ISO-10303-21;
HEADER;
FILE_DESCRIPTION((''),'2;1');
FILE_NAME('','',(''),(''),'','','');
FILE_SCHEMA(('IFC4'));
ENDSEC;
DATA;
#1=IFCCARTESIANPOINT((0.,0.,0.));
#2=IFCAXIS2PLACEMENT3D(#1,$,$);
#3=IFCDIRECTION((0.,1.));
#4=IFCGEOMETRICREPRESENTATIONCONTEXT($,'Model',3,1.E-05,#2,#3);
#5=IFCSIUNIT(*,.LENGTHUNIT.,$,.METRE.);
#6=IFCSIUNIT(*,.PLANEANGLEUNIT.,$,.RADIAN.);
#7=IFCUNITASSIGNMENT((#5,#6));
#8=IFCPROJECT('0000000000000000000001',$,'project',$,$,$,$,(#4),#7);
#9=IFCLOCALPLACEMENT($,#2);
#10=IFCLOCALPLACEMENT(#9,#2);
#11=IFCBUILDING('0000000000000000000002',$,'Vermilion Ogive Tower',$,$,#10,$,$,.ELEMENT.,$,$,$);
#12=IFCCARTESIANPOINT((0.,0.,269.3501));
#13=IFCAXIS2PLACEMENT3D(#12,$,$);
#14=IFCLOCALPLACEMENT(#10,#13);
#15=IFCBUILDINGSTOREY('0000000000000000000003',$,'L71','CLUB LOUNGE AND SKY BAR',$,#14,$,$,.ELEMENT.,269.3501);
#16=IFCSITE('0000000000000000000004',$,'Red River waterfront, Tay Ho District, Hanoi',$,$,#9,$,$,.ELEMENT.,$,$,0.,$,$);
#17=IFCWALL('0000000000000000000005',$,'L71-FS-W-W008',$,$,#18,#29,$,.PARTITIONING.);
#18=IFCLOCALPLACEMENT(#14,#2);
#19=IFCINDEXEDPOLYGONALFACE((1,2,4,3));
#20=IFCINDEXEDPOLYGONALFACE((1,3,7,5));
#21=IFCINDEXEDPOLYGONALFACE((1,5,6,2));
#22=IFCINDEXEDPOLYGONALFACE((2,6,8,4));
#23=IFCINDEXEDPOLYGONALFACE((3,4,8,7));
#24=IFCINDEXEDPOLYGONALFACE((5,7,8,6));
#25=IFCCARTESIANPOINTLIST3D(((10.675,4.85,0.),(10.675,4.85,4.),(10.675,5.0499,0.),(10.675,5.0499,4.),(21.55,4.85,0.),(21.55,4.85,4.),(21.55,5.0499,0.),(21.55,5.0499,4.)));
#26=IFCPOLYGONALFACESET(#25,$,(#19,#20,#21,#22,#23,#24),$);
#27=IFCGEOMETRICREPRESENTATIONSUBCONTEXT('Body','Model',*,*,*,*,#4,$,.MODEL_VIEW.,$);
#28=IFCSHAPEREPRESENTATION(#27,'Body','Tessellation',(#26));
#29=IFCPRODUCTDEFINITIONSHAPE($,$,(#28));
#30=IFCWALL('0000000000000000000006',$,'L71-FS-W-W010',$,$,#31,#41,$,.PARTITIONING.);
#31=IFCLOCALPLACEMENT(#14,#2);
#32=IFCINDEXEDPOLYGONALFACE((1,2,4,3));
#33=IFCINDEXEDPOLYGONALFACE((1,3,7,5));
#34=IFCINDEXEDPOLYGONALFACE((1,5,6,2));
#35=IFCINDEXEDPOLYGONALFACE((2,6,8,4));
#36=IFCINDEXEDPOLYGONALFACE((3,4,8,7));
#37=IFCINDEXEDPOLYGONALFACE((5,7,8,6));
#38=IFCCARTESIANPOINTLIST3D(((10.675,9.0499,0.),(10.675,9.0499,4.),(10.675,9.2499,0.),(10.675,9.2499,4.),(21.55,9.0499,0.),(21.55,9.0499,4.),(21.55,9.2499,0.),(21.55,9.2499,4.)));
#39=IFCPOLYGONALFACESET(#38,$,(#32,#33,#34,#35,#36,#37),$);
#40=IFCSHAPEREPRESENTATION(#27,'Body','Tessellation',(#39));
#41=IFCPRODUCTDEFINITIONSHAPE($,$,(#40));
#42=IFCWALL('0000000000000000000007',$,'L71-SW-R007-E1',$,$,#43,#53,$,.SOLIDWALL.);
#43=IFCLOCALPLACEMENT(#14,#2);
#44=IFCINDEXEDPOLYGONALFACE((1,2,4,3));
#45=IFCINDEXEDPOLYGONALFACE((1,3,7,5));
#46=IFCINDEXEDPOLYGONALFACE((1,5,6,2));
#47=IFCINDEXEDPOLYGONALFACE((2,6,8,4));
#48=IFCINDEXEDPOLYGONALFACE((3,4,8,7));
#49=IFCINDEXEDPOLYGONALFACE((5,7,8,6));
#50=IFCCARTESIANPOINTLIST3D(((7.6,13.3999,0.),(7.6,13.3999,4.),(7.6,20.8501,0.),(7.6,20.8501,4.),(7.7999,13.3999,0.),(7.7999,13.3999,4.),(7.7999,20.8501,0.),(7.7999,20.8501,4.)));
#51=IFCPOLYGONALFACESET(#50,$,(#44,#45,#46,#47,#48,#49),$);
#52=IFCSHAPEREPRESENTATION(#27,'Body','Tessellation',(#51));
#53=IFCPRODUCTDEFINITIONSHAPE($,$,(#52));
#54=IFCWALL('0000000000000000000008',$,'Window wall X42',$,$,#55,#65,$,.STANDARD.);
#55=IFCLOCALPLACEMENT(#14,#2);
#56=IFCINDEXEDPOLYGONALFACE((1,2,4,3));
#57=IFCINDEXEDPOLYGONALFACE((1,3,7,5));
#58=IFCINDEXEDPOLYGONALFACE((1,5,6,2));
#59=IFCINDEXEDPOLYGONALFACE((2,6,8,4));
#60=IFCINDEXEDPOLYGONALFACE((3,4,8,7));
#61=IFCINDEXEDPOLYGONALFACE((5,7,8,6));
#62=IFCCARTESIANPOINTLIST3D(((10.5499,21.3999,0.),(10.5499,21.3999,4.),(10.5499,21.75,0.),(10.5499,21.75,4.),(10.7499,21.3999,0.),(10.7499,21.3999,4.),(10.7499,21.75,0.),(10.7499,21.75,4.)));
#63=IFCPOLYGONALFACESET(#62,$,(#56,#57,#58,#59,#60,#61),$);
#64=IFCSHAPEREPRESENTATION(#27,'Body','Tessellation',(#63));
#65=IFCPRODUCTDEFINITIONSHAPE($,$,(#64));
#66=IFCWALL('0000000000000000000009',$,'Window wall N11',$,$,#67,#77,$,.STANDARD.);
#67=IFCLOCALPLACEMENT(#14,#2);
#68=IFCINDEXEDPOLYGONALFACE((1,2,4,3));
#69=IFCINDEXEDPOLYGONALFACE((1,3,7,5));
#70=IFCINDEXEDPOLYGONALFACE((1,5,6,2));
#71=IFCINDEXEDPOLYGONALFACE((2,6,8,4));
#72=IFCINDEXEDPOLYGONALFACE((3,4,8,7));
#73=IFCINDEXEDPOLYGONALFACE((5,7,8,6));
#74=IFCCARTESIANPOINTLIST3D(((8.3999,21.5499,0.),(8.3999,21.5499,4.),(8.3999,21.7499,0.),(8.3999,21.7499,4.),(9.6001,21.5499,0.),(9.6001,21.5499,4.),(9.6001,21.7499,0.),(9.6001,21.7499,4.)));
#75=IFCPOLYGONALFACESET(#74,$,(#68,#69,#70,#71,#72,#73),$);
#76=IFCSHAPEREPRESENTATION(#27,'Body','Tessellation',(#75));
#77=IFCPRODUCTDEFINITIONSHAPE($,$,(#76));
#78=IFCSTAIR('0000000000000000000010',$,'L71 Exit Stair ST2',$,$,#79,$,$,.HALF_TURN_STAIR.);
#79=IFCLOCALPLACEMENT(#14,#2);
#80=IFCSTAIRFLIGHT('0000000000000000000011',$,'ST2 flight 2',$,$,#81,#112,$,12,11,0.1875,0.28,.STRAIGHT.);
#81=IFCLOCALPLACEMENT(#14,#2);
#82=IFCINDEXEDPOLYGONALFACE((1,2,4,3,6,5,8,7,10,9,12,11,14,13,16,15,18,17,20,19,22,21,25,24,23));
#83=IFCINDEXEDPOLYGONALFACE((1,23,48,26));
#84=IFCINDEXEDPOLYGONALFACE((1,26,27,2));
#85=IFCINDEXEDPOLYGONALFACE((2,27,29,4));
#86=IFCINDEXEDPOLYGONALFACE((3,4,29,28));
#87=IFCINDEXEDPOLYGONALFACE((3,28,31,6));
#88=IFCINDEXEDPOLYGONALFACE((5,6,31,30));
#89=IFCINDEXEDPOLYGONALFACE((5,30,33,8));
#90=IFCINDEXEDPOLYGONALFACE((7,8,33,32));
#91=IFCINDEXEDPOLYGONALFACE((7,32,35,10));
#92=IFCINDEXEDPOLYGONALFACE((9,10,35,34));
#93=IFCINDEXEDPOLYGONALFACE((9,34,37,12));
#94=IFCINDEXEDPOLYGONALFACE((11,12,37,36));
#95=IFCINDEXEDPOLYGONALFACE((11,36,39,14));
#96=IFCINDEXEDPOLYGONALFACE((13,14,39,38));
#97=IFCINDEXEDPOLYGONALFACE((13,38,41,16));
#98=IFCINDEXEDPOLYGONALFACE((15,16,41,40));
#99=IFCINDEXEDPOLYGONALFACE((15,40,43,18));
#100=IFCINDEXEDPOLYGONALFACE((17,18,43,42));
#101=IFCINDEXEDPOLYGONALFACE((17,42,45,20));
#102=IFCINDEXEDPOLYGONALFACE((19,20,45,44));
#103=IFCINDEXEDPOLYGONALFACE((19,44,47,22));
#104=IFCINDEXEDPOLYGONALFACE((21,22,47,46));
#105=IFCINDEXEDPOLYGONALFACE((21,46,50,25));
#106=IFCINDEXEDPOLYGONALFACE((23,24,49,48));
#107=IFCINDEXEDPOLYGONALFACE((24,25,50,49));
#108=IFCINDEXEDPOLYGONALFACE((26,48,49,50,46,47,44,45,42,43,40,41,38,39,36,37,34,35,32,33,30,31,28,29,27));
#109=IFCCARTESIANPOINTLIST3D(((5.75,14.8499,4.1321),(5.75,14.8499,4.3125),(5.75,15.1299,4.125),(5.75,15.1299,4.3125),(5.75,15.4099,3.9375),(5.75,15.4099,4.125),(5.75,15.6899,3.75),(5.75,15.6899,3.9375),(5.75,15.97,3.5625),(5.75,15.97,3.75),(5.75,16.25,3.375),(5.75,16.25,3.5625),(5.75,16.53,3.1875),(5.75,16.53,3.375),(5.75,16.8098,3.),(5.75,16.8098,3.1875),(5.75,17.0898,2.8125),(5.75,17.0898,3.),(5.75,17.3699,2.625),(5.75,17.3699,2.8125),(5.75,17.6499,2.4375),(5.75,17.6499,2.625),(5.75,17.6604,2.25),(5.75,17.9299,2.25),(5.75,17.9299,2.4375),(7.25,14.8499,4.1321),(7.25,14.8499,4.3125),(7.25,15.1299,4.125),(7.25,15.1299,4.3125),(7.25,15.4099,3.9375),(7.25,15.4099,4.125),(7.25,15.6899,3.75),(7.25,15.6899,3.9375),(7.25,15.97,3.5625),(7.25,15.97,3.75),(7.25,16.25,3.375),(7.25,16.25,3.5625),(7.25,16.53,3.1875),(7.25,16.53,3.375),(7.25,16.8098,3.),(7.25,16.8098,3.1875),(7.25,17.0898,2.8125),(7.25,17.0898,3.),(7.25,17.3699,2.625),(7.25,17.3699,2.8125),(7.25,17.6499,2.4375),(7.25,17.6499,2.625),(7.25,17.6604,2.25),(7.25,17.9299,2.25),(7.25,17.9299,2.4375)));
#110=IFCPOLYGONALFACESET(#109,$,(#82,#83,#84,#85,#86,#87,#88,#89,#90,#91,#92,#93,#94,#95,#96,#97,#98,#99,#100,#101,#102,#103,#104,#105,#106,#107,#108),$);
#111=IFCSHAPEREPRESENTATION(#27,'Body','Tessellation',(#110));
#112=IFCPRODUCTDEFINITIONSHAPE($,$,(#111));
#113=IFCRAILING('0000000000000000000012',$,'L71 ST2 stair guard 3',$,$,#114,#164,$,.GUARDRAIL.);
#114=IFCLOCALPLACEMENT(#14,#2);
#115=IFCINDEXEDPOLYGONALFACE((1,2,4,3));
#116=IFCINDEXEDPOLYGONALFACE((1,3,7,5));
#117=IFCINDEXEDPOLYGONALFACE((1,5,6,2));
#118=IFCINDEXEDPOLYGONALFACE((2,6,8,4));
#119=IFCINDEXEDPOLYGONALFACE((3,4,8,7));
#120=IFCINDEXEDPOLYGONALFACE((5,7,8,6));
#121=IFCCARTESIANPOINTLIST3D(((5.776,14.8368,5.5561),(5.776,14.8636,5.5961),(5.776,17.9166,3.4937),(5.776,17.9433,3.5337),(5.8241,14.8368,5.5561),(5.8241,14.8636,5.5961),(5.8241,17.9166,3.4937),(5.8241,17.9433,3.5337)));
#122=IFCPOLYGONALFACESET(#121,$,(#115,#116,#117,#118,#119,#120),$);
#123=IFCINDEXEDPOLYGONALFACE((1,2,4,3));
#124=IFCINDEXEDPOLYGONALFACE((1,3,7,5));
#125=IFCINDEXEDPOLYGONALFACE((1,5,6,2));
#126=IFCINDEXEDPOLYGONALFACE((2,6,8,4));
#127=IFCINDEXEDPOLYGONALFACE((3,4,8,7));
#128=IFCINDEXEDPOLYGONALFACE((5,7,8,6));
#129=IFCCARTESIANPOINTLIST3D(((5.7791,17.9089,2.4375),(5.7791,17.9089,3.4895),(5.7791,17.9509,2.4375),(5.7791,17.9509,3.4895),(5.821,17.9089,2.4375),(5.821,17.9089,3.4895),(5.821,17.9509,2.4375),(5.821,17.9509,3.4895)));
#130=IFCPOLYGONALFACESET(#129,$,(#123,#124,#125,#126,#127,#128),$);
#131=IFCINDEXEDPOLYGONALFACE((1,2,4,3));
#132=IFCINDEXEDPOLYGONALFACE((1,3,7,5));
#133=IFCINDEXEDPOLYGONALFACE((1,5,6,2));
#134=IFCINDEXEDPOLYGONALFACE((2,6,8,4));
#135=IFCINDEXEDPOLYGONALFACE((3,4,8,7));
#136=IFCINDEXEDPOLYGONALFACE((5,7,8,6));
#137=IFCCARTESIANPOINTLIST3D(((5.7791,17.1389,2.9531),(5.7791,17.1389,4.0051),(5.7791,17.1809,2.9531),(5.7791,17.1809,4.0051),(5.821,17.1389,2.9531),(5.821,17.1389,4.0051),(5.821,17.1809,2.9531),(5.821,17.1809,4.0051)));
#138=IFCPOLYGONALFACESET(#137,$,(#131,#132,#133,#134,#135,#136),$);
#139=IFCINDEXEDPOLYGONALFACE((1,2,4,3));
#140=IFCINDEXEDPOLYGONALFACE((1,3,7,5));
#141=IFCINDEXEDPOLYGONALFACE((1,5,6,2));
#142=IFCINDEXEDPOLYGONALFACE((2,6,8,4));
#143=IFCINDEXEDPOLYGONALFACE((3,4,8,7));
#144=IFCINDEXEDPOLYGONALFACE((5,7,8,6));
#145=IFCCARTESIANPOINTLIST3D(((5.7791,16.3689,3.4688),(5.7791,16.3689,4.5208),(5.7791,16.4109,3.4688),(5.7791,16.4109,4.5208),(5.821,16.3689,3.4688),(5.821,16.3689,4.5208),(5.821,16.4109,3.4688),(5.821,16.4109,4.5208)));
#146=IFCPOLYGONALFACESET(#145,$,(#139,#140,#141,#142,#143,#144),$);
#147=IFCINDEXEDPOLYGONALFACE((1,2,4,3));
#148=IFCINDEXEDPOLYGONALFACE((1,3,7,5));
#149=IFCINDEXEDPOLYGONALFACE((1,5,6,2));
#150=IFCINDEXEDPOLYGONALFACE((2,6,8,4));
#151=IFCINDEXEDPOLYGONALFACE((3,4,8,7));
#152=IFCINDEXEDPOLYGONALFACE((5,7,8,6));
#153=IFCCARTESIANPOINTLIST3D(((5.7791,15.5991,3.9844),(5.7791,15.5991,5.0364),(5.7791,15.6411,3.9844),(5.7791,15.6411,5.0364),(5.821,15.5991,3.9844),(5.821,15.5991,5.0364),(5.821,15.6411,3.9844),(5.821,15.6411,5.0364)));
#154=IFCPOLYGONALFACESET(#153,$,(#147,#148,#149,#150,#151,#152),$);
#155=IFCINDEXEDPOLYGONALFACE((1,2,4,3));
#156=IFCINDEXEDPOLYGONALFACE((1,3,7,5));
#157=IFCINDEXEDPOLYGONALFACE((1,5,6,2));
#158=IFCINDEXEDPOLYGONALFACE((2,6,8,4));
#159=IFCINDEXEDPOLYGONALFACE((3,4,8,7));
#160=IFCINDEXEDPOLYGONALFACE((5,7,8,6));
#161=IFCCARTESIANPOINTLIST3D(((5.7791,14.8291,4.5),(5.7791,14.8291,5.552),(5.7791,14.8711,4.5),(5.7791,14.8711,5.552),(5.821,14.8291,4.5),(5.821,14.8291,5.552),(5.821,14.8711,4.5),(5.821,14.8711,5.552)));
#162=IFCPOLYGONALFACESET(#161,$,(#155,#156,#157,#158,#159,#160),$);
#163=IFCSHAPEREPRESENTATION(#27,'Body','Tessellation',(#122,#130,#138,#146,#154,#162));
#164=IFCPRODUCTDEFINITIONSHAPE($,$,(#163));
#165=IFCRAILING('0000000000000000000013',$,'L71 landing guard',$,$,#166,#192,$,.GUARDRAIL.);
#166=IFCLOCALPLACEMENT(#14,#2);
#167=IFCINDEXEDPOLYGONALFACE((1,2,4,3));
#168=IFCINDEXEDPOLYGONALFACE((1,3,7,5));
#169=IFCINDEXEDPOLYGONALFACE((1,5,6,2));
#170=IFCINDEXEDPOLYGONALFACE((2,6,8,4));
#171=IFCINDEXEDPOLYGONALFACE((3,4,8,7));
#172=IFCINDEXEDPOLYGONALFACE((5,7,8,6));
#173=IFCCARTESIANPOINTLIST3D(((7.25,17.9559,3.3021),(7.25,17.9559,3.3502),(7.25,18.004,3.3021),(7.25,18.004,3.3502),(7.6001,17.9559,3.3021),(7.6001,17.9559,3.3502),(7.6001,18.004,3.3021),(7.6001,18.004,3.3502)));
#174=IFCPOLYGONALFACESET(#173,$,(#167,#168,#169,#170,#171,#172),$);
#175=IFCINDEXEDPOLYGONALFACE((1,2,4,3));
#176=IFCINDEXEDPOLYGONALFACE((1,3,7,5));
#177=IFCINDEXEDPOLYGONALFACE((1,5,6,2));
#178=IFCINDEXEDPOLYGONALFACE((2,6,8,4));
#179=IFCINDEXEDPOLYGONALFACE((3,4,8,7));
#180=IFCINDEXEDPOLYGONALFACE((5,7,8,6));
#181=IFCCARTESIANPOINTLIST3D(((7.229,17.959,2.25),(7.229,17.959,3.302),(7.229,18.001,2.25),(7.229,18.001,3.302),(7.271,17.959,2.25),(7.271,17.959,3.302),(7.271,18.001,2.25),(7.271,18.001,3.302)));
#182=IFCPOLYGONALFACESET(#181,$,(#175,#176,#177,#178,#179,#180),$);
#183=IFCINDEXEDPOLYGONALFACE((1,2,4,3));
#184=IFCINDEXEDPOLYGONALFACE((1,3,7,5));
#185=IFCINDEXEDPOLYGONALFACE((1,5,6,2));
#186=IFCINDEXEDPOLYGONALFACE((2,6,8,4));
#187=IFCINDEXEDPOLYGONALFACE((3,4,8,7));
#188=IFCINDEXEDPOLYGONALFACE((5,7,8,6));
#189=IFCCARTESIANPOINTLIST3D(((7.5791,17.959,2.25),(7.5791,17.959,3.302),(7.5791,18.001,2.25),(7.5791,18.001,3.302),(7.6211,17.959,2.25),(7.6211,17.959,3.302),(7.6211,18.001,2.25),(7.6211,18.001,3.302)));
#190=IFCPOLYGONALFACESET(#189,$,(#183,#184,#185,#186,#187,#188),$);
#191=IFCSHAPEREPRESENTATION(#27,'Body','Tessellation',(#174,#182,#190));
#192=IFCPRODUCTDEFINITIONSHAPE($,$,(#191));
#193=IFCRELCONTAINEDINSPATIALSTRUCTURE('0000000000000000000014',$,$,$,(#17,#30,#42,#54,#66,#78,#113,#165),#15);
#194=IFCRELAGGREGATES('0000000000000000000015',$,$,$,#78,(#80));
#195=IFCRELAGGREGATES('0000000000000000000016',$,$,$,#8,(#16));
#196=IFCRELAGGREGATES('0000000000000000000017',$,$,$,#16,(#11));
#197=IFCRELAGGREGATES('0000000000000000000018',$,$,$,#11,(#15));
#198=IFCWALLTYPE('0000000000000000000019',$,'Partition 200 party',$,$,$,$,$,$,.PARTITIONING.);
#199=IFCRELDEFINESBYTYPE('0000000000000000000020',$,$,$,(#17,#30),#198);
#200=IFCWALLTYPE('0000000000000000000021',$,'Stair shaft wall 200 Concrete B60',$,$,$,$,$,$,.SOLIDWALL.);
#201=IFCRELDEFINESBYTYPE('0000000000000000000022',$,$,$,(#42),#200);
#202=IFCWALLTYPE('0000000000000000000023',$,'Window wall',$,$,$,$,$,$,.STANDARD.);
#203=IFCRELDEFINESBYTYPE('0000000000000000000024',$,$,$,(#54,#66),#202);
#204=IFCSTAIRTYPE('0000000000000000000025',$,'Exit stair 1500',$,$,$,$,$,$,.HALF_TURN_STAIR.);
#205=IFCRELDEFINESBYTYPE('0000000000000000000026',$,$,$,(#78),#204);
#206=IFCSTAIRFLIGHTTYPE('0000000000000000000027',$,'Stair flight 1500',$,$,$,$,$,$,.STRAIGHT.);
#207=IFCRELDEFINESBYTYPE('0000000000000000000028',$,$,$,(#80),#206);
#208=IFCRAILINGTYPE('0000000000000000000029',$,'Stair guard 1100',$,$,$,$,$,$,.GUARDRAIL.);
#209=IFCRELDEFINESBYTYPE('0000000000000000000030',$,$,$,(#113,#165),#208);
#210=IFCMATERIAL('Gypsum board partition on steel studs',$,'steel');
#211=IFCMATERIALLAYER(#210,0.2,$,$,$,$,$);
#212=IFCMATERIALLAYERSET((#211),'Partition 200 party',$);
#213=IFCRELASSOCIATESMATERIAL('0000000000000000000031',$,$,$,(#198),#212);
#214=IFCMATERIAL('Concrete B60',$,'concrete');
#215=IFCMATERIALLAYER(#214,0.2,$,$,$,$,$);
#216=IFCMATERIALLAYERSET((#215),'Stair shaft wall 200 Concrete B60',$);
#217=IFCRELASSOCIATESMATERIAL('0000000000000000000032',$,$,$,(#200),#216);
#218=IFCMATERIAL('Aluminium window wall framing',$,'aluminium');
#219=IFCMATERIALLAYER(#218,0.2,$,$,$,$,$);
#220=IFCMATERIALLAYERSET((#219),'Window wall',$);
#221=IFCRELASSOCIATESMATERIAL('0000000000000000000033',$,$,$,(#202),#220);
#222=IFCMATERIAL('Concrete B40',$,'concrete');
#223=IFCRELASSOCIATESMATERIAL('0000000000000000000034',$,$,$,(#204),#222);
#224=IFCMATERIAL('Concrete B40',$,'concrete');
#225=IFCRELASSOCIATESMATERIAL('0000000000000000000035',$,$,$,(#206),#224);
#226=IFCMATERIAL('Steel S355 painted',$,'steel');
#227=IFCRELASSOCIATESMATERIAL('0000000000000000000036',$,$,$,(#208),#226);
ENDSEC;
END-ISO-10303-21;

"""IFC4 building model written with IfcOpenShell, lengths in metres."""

from ifc_helpers import new_model, si_unit, direction, frame, frame_2d, origin, origin_2d, place, context, subcontext, project, spatial, polyline, rectangle, outline, extrude, material, layer, layer_set, type_object, element, aggregate, save


model = new_model("IFC4")

# Units and contexts
model_context = context("Model", 3, precision=1e-05, world=origin(), true_north=direction((0.0, 1.0)))
body_context = subcontext(model_context, "Body", "Model", "MODEL_VIEW")
ifc_project = project(units=[si_unit("LENGTHUNIT", "METRE"), si_unit("PLANEANGLEUNIT", "RADIAN")], contexts=[model_context])

# Site, building, storey
site_placement = place(None, origin())
site = spatial("IfcSite", under=ifc_project, at=site_placement, Name="Red River waterfront, Tay Ho District, Hanoi", CompositionType="ELEMENT", RefElevation=0.0)
building_placement = place(site_placement, origin())
building = spatial("IfcBuilding", under=site, at=building_placement, Name="Vermilion Ogive Tower", CompositionType="ELEMENT")
storey_placement = place(building_placement, frame((0.0, 0.0, 269.3501)))
storey = spatial("IfcBuildingStorey", under=building, at=storey_placement, Name="L71", Description="CLUB LOUNGE AND SKY BAR", CompositionType="ELEMENT", Elevation=269.3501)

# Walls
ifc_material_1 = material(Name="Gypsum board partition on steel studs", Category="steel")
ifc_layer_1 = layer(ifc_material_1, 0.2)
ifc_layer_set_1 = layer_set([ifc_layer_1], Name="Partition 200 party")
wall_type_1 = type_object("IfcWallType", Name="Partition 200 party", PredefinedType="PARTITIONING", material=ifc_layer_set_1)
for number, where, z_axis, x_axis, name in (
    (1, (10.675, 4.95, 0.0), (0.0, 0.0, 1.0), (1.0, 0.0, 0.0), "L71-FS-W-W008"),
    (2, (10.675, 9.1499, 0.0), (0.0, 0.0, 1.0), (1.0, 0.0, 0.0), "L71-FS-W-W010"),
):
    element("IfcWall", number, at=place(storey_placement, frame(where, z_axis=z_axis, x_axis=x_axis)), inside=storey, type_object=wall_type_1, Name=name, PredefinedType="PARTITIONING", context=body_context, shape_type="SweptSolid", body=[
        extrude(rectangle(XDim=10.875, YDim=0.2, at=frame_2d((5.4375, 0.0))), origin(), (0.0, 0.0, 1.0), 4.0),
    ])
ifc_material_2 = material(Name="Concrete B60", Category="concrete")
ifc_layer_2 = layer(ifc_material_2, 0.2)
ifc_layer_set_2 = layer_set([ifc_layer_2], Name="Stair shaft wall 200 Concrete B60")
wall_type_2 = type_object("IfcWallType", Name="Stair shaft wall 200 Concrete B60", PredefinedType="SOLIDWALL", material=ifc_layer_set_2)
wall_1_placement = place(storey_placement, frame((7.7, 13.3999, 0.0), z_axis=(0.0, 0.0, 1.0), x_axis=(0.0, 1.0, 0.0)))
element("IfcWall", 3, at=wall_1_placement, inside=storey, type_object=wall_type_2, Name="L71-SW-R007-E1", PredefinedType="SOLIDWALL", context=body_context, shape_type="SweptSolid", body=[
    extrude(rectangle(XDim=7.4502, YDim=0.2, at=frame_2d((3.7251, 0.0))), origin(), (0.0, 0.0, 1.0), 4.0),
])

# Shared definitions
ifc_material_3 = material(Name="Aluminium window wall framing", Category="aluminium")
ifc_layer_3 = layer(ifc_material_3, 0.2)
ifc_layer_set_3 = layer_set([ifc_layer_3], Name="Window wall")
wall_type_3 = type_object("IfcWallType", Name="Window wall", PredefinedType="STANDARD", material=ifc_layer_set_3)

# Walls
wall_2_placement = place(storey_placement, frame((10.6499, 21.3999, 0.0), z_axis=(0.0, 0.0, 1.0), x_axis=(0.0, 1.0, 0.0)))
element("IfcWall", 4, at=wall_2_placement, inside=storey, type_object=wall_type_3, Name="Window wall X42", PredefinedType="STANDARD", context=body_context, shape_type="SweptSolid", body=[
    extrude(rectangle(XDim=0.3501, YDim=0.2, at=frame_2d((0.175, 0.0))), origin(), (0.0, 0.0, 1.0), 4.0),
])
wall_3_placement = place(storey_placement, frame((9.6001, 21.6499, 0.0), z_axis=(0.0, 0.0, 1.0), x_axis=(-1.0, 0.0, 0.0)))
element("IfcWall", 5, at=wall_3_placement, inside=storey, type_object=wall_type_3, Name="Window wall N11", PredefinedType="STANDARD", context=body_context, shape_type="SweptSolid", body=[
    extrude(rectangle(XDim=1.2002, YDim=0.2, at=frame_2d((0.6001, 0.0))), origin(), (0.0, 0.0, 1.0), 4.0),
])

# Stair, stair flight
ifc_material_4 = material(Name="Concrete B40", Category="concrete")
stair_type = type_object("IfcStairType", Name="Exit stair 1500", PredefinedType="HALF_TURN_STAIR", material=ifc_material_4)
stair_placement = place(storey_placement, origin())
stair = element("IfcStair", 6, at=stair_placement, inside=storey, type_object=stair_type, Name="L71 Exit Stair ST2", PredefinedType="HALF_TURN_STAIR")
ifc_material_5 = material(Name="Concrete B40", Category="concrete")
stair_flight_type = type_object("IfcStairFlightType", Name="Stair flight 1500", PredefinedType="STRAIGHT", material=ifc_material_5)
stair_flight_placement = place(storey_placement, frame((6.5, 17.9299, 2.25), z_axis=(0.0, 0.0, 1.0), x_axis=(0.0, -1.0, 0.0)))
stair_flight = element("IfcStairFlight", 7, at=stair_flight_placement, type_object=stair_flight_type, Name="ST2 flight 2", NumberOfRisers=12, NumberOfTreads=11, PredefinedType="STRAIGHT", RiserHeight=0.1875, TreadLength=0.28, context=body_context, shape_type="SweptSolid", body=[
    extrude(outline(polyline([(0.0, 0.0), (0.0, 0.1875), (0.28, 0.1875), (0.28, 0.375), (0.5601, 0.375), (0.5601, 0.5625), (0.8401, 0.5625), (0.8401, 0.75), (1.1201, 0.75), (1.1201, 0.9375), (1.3999, 0.9375), (1.3999, 1.125), (1.6799, 1.125), (1.6799, 1.3125), (1.96, 1.3125), (1.96, 1.5), (2.24, 1.5), (2.24, 1.6875), (2.52, 1.6875), (2.52, 1.875), (2.8, 1.875), (2.8, 2.0625), (3.0801, 2.0625), (3.0801, 2.25), (3.0801, 1.8821), (0.2695, 0.0), (0.0, 0.0)])), frame((0.0, 0.75, 0.0), z_axis=(0.0, -1.0, 0.0), x_axis=(1.0, 0.0, 0.0)), (0.0, 0.0, 1.0), 1.5),
])
aggregate(stair, [stair_flight])

# Railings
ifc_material_6 = material(Name="Steel S355 painted", Category="steel")
railing_type_1 = type_object("IfcRailingType", Name="Stair guard 1100", PredefinedType="GUARDRAIL", material=ifc_material_6)
railing_1_placement = place(storey_placement, frame((5.8, 17.9299, 2.4375)))
element("IfcRailing", 8, at=railing_1_placement, inside=storey, type_object=railing_type_1, Name="L71 ST2 stair guard 3", PredefinedType="GUARDRAIL", context=body_context, shape_type="SweptSolid", body=[
    extrude(rectangle(XDim=0.0481, YDim=0.0481, at=origin_2d()), frame((0.0, 0.0, 1.0762), z_axis=(0.0, -0.830893, 0.556432), x_axis=(1.0, 0.0, 0.0)), (0.0, 0.0, 1.0), 3.7065),
    extrude(rectangle(XDim=0.042, YDim=0.042, at=origin_2d()), origin(), (0.0, 0.0, 1.0), 1.052),
    extrude(rectangle(XDim=0.042, YDim=0.042, at=origin_2d()), frame((0.0, -0.77, 0.5156)), (0.0, 0.0, 1.0), 1.052),
    extrude(rectangle(XDim=0.042, YDim=0.042, at=origin_2d()), frame((0.0, -1.54, 1.0312)), (0.0, 0.0, 1.0), 1.052),
    extrude(rectangle(XDim=0.042, YDim=0.042, at=origin_2d()), frame((0.0, -2.3098, 1.5469)), (0.0, 0.0, 1.0), 1.052),
    extrude(rectangle(XDim=0.042, YDim=0.042, at=origin_2d()), frame((0.0, -3.0798, 2.0625)), (0.0, 0.0, 1.0), 1.052),
])
railing_2_placement = place(storey_placement, frame((7.25, 17.98, 2.25)))
element("IfcRailing", 9, at=railing_2_placement, inside=storey, type_object=railing_type_1, Name="L71 landing guard", PredefinedType="GUARDRAIL", context=body_context, shape_type="SweptSolid", body=[
    extrude(rectangle(XDim=0.0481, YDim=0.0481, at=origin_2d()), frame((0.0, 0.0, 1.0762), z_axis=(1.0, 0.0, 0.0), x_axis=(0.0, 1.0, 0.0)), (0.0, 0.0, 1.0), 0.3501),
    extrude(rectangle(XDim=0.042, YDim=0.042, at=origin_2d()), origin(), (0.0, 0.0, 1.0), 1.052),
    extrude(rectangle(XDim=0.042, YDim=0.042, at=origin_2d()), frame((0.3501, 0.0, 0.0)), (0.0, 0.0, 1.0), 1.052),
])

save(model, "model.ifc")
